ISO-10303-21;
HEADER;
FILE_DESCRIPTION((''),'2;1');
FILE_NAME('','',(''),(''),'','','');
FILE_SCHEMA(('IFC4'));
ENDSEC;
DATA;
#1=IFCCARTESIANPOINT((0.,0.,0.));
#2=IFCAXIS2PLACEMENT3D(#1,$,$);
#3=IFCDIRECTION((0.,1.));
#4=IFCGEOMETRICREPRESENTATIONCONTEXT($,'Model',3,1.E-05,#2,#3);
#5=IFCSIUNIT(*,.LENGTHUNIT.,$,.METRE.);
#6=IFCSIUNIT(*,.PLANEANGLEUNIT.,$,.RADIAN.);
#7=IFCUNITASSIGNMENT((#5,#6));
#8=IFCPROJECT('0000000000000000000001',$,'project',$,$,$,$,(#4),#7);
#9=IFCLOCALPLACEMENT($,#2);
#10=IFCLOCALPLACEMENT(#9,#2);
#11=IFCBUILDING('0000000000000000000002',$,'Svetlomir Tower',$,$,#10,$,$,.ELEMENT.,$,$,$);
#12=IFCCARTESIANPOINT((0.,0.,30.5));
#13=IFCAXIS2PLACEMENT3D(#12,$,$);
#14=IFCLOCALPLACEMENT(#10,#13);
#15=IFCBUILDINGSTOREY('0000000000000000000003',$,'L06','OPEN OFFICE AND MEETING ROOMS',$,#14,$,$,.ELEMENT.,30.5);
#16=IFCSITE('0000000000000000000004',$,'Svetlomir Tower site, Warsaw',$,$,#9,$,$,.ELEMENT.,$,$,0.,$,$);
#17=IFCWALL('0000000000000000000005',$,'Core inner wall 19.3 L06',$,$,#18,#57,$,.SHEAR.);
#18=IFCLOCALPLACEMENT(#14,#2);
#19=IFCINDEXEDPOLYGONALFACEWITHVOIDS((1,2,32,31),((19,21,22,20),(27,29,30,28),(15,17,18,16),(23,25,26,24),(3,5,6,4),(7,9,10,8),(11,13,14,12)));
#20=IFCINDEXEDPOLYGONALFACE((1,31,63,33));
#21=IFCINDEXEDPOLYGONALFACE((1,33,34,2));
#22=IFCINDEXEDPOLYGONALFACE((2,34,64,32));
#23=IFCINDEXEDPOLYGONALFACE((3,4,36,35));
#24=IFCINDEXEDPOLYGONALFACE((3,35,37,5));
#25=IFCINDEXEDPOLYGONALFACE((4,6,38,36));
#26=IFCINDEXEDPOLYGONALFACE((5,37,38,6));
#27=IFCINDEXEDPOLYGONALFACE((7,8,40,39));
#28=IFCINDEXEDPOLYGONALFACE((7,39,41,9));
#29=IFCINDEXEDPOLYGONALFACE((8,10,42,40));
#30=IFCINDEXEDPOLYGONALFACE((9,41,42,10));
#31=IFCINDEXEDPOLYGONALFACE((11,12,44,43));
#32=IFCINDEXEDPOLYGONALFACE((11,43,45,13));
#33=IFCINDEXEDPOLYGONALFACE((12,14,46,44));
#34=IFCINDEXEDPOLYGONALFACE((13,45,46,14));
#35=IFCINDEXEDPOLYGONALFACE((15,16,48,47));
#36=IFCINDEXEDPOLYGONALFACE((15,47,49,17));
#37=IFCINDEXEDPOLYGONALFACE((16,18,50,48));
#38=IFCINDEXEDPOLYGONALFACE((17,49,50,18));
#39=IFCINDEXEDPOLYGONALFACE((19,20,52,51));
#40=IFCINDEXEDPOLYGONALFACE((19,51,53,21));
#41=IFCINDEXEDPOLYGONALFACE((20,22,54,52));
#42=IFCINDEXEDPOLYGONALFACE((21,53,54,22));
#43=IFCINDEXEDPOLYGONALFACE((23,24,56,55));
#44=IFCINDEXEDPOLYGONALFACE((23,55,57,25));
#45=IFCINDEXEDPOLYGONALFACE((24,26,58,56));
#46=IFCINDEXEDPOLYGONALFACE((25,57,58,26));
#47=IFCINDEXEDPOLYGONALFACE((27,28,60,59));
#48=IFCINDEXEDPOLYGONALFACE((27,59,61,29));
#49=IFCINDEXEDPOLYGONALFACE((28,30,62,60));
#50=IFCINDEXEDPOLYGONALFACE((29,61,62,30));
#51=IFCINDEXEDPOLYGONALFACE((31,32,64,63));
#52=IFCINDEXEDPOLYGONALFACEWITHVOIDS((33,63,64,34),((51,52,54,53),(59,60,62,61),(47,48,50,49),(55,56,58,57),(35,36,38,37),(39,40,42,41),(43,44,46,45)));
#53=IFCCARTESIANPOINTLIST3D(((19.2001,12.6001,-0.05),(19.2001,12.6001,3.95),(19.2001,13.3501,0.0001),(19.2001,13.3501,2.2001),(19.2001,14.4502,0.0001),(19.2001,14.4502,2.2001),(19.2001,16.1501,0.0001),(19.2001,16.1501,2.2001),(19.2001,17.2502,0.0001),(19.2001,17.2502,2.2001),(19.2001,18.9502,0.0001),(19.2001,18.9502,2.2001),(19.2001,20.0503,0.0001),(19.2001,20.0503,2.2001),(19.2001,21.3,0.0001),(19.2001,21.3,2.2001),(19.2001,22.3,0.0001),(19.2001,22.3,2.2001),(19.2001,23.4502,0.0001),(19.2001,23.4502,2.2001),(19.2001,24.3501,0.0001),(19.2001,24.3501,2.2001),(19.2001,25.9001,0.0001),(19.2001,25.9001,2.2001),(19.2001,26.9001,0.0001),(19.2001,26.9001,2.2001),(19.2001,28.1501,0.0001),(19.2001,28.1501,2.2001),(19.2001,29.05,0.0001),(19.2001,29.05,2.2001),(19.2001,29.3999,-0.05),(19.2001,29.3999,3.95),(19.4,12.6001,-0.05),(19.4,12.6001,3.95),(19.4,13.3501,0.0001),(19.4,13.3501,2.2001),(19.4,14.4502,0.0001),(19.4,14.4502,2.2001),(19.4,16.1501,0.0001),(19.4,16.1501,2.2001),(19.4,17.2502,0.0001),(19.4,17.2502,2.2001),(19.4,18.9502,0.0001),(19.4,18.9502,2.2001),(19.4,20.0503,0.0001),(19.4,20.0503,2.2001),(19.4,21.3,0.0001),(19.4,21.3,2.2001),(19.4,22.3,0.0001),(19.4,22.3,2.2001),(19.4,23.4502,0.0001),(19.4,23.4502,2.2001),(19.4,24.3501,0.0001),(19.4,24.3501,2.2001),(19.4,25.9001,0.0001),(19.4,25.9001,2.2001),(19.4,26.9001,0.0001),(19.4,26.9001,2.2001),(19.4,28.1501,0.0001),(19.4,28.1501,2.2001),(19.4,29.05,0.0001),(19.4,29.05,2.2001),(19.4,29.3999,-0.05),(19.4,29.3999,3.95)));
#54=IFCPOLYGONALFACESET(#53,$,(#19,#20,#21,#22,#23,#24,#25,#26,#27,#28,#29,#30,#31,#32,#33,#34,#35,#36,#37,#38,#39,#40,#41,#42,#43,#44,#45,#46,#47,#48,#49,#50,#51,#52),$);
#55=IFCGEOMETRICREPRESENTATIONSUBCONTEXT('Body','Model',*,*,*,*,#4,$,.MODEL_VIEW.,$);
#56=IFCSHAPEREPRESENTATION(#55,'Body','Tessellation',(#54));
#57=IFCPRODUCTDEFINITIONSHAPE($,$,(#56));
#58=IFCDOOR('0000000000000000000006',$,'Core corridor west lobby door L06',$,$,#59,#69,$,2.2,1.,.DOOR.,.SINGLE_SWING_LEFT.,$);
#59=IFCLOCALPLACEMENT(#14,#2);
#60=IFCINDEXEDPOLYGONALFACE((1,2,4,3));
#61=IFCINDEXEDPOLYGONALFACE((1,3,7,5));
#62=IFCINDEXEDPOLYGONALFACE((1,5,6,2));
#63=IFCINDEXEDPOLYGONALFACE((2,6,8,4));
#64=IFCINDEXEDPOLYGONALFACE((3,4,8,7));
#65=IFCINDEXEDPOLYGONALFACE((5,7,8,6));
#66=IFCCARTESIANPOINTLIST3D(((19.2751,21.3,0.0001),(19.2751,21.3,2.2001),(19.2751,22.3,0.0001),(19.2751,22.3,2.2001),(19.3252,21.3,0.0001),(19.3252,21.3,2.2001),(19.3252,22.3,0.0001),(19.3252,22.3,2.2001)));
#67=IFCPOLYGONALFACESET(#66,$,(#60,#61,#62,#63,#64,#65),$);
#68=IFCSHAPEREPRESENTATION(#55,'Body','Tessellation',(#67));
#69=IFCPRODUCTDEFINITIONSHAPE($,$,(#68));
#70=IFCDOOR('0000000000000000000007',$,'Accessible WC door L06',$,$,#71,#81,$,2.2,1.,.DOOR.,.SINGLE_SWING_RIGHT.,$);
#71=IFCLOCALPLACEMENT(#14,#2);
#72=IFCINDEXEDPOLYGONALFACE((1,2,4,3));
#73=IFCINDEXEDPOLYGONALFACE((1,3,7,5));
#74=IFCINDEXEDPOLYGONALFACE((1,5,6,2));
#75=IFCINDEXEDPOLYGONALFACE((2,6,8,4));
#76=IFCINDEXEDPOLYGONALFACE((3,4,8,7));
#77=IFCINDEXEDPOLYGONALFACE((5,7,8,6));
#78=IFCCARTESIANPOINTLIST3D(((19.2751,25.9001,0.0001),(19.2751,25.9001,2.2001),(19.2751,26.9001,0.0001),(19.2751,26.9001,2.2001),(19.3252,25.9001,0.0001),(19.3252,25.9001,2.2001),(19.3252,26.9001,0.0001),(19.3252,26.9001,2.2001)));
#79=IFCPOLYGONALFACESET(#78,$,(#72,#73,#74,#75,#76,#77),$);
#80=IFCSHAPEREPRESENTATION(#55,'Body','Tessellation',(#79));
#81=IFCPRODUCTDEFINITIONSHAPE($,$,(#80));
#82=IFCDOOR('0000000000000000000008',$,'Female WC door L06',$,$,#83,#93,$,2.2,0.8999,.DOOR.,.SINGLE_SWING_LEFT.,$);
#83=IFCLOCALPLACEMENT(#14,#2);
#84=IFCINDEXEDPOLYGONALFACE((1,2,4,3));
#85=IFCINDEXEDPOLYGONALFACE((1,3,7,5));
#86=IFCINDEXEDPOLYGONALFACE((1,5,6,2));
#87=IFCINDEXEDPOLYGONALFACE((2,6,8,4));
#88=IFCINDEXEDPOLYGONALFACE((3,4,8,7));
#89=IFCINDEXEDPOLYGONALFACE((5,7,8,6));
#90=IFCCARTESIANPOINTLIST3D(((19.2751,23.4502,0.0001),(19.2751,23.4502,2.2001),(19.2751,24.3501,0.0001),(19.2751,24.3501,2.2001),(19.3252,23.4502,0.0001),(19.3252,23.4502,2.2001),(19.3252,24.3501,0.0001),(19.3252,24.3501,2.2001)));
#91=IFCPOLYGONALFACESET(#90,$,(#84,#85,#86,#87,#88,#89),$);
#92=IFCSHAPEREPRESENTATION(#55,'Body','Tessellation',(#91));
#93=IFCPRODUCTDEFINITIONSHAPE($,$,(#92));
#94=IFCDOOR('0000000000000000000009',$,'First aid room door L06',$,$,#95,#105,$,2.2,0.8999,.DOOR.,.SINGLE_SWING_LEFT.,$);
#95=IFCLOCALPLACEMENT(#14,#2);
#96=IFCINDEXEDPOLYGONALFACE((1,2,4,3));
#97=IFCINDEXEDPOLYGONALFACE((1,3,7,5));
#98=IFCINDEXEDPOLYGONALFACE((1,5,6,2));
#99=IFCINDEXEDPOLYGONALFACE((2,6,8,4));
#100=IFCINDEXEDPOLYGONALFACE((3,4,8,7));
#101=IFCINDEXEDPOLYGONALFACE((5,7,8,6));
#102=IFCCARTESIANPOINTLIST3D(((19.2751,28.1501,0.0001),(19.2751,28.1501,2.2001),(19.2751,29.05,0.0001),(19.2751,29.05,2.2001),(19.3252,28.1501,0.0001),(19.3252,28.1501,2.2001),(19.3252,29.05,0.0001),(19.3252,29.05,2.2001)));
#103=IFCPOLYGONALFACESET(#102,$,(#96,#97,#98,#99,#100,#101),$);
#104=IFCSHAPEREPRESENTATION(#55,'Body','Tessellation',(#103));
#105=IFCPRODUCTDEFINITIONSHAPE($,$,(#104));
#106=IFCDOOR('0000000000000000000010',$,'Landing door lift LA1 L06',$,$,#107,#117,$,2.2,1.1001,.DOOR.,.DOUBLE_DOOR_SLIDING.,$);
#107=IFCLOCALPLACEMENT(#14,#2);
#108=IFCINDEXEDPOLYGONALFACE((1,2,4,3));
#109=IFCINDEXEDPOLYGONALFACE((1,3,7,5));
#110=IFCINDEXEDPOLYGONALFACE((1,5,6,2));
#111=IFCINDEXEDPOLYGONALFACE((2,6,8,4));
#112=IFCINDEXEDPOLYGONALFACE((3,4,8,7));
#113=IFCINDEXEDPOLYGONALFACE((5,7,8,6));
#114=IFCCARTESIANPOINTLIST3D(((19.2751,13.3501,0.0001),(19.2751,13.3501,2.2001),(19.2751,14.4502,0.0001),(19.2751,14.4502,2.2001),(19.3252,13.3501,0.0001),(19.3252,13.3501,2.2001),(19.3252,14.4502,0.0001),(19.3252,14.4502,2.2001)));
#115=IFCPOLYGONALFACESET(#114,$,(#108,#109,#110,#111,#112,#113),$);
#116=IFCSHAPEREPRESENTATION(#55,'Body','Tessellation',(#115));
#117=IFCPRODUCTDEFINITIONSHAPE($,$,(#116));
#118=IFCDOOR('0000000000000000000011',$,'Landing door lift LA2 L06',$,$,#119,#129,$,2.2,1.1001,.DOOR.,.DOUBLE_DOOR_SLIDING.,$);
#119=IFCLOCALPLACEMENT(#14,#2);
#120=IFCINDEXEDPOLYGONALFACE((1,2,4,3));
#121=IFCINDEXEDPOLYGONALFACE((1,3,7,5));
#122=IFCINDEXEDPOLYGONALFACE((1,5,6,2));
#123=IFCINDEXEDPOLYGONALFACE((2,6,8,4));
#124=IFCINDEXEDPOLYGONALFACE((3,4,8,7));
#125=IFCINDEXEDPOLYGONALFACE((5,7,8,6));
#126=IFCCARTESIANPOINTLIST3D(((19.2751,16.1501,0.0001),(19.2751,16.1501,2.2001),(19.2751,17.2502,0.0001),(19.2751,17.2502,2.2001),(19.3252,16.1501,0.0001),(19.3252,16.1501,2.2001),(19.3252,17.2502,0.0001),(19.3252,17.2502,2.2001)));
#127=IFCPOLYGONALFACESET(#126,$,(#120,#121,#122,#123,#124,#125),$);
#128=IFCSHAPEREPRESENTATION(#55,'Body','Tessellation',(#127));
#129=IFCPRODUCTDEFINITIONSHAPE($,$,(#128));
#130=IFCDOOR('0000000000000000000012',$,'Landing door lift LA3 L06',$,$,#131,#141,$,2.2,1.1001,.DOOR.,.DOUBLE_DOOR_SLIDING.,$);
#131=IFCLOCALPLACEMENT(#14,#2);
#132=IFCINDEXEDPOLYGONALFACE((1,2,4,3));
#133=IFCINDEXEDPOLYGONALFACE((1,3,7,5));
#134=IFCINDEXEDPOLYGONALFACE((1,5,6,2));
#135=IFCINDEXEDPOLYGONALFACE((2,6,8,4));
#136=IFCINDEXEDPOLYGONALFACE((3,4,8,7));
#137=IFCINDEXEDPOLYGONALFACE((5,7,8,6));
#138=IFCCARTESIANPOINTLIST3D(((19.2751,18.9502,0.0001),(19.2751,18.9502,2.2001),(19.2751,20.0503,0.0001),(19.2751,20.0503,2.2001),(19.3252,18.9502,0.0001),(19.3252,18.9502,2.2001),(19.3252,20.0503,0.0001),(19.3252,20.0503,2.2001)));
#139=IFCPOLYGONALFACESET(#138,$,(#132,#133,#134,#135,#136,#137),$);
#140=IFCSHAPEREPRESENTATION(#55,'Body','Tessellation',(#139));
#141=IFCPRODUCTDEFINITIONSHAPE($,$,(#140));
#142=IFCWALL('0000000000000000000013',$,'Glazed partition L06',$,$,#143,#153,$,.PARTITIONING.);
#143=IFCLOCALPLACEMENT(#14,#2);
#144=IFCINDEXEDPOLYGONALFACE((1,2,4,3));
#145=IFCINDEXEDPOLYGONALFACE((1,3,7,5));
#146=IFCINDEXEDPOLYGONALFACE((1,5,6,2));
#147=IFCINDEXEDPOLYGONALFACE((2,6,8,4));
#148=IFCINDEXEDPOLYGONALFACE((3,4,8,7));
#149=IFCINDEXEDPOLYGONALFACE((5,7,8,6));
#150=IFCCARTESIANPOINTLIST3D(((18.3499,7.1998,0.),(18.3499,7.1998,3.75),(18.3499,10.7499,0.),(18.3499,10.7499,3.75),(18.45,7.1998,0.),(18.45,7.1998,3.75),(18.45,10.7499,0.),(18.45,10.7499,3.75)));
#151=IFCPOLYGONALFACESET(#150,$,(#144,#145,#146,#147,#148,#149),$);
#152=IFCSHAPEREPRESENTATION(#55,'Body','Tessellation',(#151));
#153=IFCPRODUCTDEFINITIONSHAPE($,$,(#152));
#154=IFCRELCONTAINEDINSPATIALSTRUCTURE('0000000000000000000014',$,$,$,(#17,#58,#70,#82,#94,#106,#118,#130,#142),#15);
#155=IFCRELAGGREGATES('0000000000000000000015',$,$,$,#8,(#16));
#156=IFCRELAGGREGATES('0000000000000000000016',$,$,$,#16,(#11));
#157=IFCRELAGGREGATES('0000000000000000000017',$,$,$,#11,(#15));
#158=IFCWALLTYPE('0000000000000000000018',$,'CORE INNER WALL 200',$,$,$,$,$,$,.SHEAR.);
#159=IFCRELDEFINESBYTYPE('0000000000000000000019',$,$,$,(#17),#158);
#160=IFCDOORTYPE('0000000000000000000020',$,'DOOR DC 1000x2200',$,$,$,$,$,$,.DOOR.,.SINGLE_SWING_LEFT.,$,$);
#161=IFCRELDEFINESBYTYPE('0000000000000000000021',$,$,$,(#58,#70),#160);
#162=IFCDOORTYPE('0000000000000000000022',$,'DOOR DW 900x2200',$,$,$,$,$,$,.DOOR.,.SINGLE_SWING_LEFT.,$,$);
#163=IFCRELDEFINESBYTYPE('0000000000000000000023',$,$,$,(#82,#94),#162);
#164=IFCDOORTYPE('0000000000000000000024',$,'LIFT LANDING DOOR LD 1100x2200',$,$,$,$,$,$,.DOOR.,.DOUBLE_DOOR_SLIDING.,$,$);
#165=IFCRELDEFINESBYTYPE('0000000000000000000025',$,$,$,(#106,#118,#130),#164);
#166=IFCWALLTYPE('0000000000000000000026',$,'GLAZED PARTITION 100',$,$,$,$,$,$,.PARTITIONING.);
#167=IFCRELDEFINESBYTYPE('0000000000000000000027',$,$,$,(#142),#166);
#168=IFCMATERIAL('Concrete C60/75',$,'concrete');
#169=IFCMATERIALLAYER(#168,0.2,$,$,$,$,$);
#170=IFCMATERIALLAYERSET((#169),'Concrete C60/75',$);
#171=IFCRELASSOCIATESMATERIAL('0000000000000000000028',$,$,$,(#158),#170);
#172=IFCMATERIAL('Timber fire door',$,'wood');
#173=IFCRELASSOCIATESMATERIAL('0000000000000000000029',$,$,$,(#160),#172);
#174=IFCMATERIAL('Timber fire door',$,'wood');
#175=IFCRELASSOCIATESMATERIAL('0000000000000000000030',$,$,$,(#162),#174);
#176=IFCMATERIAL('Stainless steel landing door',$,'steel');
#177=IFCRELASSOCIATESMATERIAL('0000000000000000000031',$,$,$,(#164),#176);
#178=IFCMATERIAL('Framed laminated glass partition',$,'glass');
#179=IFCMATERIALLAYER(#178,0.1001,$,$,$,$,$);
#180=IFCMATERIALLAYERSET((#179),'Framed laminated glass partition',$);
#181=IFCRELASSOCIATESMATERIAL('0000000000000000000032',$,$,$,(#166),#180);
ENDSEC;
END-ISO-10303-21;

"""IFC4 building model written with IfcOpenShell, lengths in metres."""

from ifc_helpers import new_model, si_unit, direction, frame, frame_2d, origin, place, context, subcontext, project, spatial, rectangle, extrude, material, layer, layer_set, type_object, element, fill, save


model = new_model("IFC4")

# Units and contexts
model_context = context("Model", 3, precision=1e-05, world=origin(), true_north=direction((0.0, 1.0)))
body_context = subcontext(model_context, "Body", "Model", "MODEL_VIEW")
ifc_project = project(units=[si_unit("LENGTHUNIT", "METRE"), si_unit("PLANEANGLEUNIT", "RADIAN")], contexts=[model_context])

# Site, building, storey
site_placement = place(None, origin())
site = spatial("IfcSite", under=ifc_project, at=site_placement, Name="Svetlomir Tower site, Warsaw", CompositionType="ELEMENT", RefElevation=0.0)
building_placement = place(site_placement, origin())
building = spatial("IfcBuilding", under=site, at=building_placement, Name="Svetlomir Tower", CompositionType="ELEMENT")
storey_placement = place(building_placement, frame((0.0, 0.0, 30.5)))
storey = spatial("IfcBuildingStorey", under=building, at=storey_placement, Name="L06", Description="OPEN OFFICE AND MEETING ROOMS", CompositionType="ELEMENT", Elevation=30.5)

# Shared definitions
ifc_material_1 = material(Name="Concrete C60/75", Category="concrete")
ifc_layer_1 = layer(ifc_material_1, 0.2)
ifc_layer_set_1 = layer_set([ifc_layer_1], Name="Concrete C60/75")
wall_type_1 = type_object("IfcWallType", Name="CORE INNER WALL 200", PredefinedType="SHEAR", material=ifc_layer_set_1)

# Wall, openings, doors
wall_1_placement = place(storey_placement, frame((19.3, 12.6001, -0.05), z_axis=(0.0, 0.0, 1.0), x_axis=(0.0, 1.0, 0.0)))
wall_1 = element("IfcWall", 1, at=wall_1_placement, inside=storey, type_object=wall_type_1, Name="Core inner wall 19.3 L06", PredefinedType="SHEAR", context=body_context, shape_type="SweptSolid", body=[
    extrude(rectangle(XDim=16.7998, YDim=0.2, at=frame_2d((8.3999, 0.0))), origin(), (0.0, 0.0, 1.0), 4.0),
])
opening_1_placement = place(wall_1_placement, frame((8.7, 0.0, 0.05)))
opening_1 = element("IfcOpeningElement", 2, at=opening_1_placement, cuts=wall_1, PredefinedType="OPENING", context=body_context, shape_type="SweptSolid", body=[
    extrude(rectangle(XDim=1.0, YDim=2.2, at=frame_2d((0.5, 1.1001))), frame((0.0, 0.1099, 0.0), z_axis=(0.0, -1.0, 0.0), x_axis=(1.0, 0.0, 0.0)), (0.0, 0.0, 1.0), 0.22),
])
opening_2_placement = place(wall_1_placement, frame((10.8501, 0.0, 0.05)))
opening_2 = element("IfcOpeningElement", 3, at=opening_2_placement, cuts=wall_1, PredefinedType="OPENING", context=body_context, shape_type="SweptSolid", body=[
    extrude(rectangle(XDim=0.8999, YDim=2.2, at=frame_2d((0.45, 1.1001))), frame((0.0, 0.1099, 0.0), z_axis=(0.0, -1.0, 0.0), x_axis=(1.0, 0.0, 0.0)), (0.0, 0.0, 1.0), 0.22),
])
opening_3_placement = place(wall_1_placement, frame((13.3, 0.0, 0.05)))
opening_3 = element("IfcOpeningElement", 4, at=opening_3_placement, cuts=wall_1, PredefinedType="OPENING", context=body_context, shape_type="SweptSolid", body=[
    extrude(rectangle(XDim=1.0, YDim=2.2, at=frame_2d((0.5, 1.1001))), frame((0.0, 0.1099, 0.0), z_axis=(0.0, -1.0, 0.0), x_axis=(1.0, 0.0, 0.0)), (0.0, 0.0, 1.0), 0.22),
])
opening_4_placement = place(wall_1_placement, frame((15.55, 0.0, 0.05)))
opening_4 = element("IfcOpeningElement", 5, at=opening_4_placement, cuts=wall_1, PredefinedType="OPENING", context=body_context, shape_type="SweptSolid", body=[
    extrude(rectangle(XDim=0.8999, YDim=2.2, at=frame_2d((0.45, 1.1001))), frame((0.0, 0.1099, 0.0), z_axis=(0.0, -1.0, 0.0), x_axis=(1.0, 0.0, 0.0)), (0.0, 0.0, 1.0), 0.22),
])
opening_5_placement = place(wall_1_placement, frame((0.75, 0.0, 0.05)))
opening_5 = element("IfcOpeningElement", 6, at=opening_5_placement, cuts=wall_1, PredefinedType="OPENING", context=body_context, shape_type="SweptSolid", body=[
    extrude(rectangle(XDim=1.1001, YDim=2.2, at=frame_2d((0.55, 1.1001))), frame((0.0, 0.1099, 0.0), z_axis=(0.0, -1.0, 0.0), x_axis=(1.0, 0.0, 0.0)), (0.0, 0.0, 1.0), 0.22),
])
opening_6_placement = place(wall_1_placement, frame((3.55, 0.0, 0.05)))
opening_6 = element("IfcOpeningElement", 7, at=opening_6_placement, cuts=wall_1, PredefinedType="OPENING", context=body_context, shape_type="SweptSolid", body=[
    extrude(rectangle(XDim=1.1001, YDim=2.2, at=frame_2d((0.55, 1.1001))), frame((0.0, 0.1099, 0.0), z_axis=(0.0, -1.0, 0.0), x_axis=(1.0, 0.0, 0.0)), (0.0, 0.0, 1.0), 0.22),
])
opening_7_placement = place(wall_1_placement, frame((6.3501, 0.0, 0.05)))
opening_7 = element("IfcOpeningElement", 8, at=opening_7_placement, cuts=wall_1, PredefinedType="OPENING", context=body_context, shape_type="SweptSolid", body=[
    extrude(rectangle(XDim=1.1001, YDim=2.2, at=frame_2d((0.55, 1.1001))), frame((0.0, 0.1099, 0.0), z_axis=(0.0, -1.0, 0.0), x_axis=(1.0, 0.0, 0.0)), (0.0, 0.0, 1.0), 0.22),
])
ifc_material_2 = material(Name="Timber fire door", Category="wood")
door_type_1 = type_object("IfcDoorType", Name="DOOR DC 1000x2200", OperationType="SINGLE_SWING_LEFT", PredefinedType="DOOR", material=ifc_material_2)
door_1_placement = place(opening_1_placement, origin())
door_1 = element("IfcDoor", 9, at=door_1_placement, inside=storey, type_object=door_type_1, Name="Core corridor west lobby door L06", OperationType="SINGLE_SWING_LEFT", OverallHeight=2.2, OverallWidth=1.0, PredefinedType="DOOR", context=body_context, shape_type="SweptSolid", body=[
    extrude(rectangle(XDim=1.0, YDim=2.2, at=frame_2d((0.5, 1.1001))), frame((0.0, 0.0249, 0.0), z_axis=(0.0, -1.0, 0.0), x_axis=(1.0, 0.0, 0.0)), (0.0, 0.0, 1.0), 0.05),
])
fill(opening_1, door_1)
door_2_placement = place(opening_3_placement, origin())
door_2 = element("IfcDoor", 10, at=door_2_placement, inside=storey, type_object=door_type_1, Name="Accessible WC door L06", OperationType="SINGLE_SWING_RIGHT", OverallHeight=2.2, OverallWidth=1.0, PredefinedType="DOOR", context=body_context, shape_type="SweptSolid", body=[
    extrude(rectangle(XDim=1.0, YDim=2.2, at=frame_2d((0.5, 1.1001))), frame((0.0, 0.0249, 0.0), z_axis=(0.0, -1.0, 0.0), x_axis=(1.0, 0.0, 0.0)), (0.0, 0.0, 1.0), 0.05),
])
fill(opening_3, door_2)
ifc_material_3 = material(Name="Timber fire door", Category="wood")
door_type_2 = type_object("IfcDoorType", Name="DOOR DW 900x2200", OperationType="SINGLE_SWING_LEFT", PredefinedType="DOOR", material=ifc_material_3)
door_3_placement = place(opening_2_placement, origin())
door_3 = element("IfcDoor", 11, at=door_3_placement, inside=storey, type_object=door_type_2, Name="Female WC door L06", OperationType="SINGLE_SWING_LEFT", OverallHeight=2.2, OverallWidth=0.8999, PredefinedType="DOOR", context=body_context, shape_type="SweptSolid", body=[
    extrude(rectangle(XDim=0.8999, YDim=2.2, at=frame_2d((0.45, 1.1001))), frame((0.0, 0.0249, 0.0), z_axis=(0.0, -1.0, 0.0), x_axis=(1.0, 0.0, 0.0)), (0.0, 0.0, 1.0), 0.05),
])
fill(opening_2, door_3)
door_4_placement = place(opening_4_placement, origin())
door_4 = element("IfcDoor", 12, at=door_4_placement, inside=storey, type_object=door_type_2, Name="First aid room door L06", OperationType="SINGLE_SWING_LEFT", OverallHeight=2.2, OverallWidth=0.8999, PredefinedType="DOOR", context=body_context, shape_type="SweptSolid", body=[
    extrude(rectangle(XDim=0.8999, YDim=2.2, at=frame_2d((0.45, 1.1001))), frame((0.0, 0.0249, 0.0), z_axis=(0.0, -1.0, 0.0), x_axis=(1.0, 0.0, 0.0)), (0.0, 0.0, 1.0), 0.05),
])
fill(opening_4, door_4)
ifc_material_4 = material(Name="Stainless steel landing door", Category="steel")
door_type_3 = type_object("IfcDoorType", Name="LIFT LANDING DOOR LD 1100x2200", OperationType="DOUBLE_DOOR_SLIDING", PredefinedType="DOOR", material=ifc_material_4)
door_5_placement = place(opening_5_placement, origin())
door_5 = element("IfcDoor", 13, at=door_5_placement, inside=storey, type_object=door_type_3, Name="Landing door lift LA1 L06", OperationType="DOUBLE_DOOR_SLIDING", OverallHeight=2.2, OverallWidth=1.1001, PredefinedType="DOOR", context=body_context, shape_type="SweptSolid", body=[
    extrude(rectangle(XDim=1.1001, YDim=2.2, at=frame_2d((0.55, 1.1001))), frame((0.0, 0.0249, 0.0), z_axis=(0.0, -1.0, 0.0), x_axis=(1.0, 0.0, 0.0)), (0.0, 0.0, 1.0), 0.05),
])
fill(opening_5, door_5)
door_6_placement = place(opening_6_placement, origin())
door_6 = element("IfcDoor", 14, at=door_6_placement, inside=storey, type_object=door_type_3, Name="Landing door lift LA2 L06", OperationType="DOUBLE_DOOR_SLIDING", OverallHeight=2.2, OverallWidth=1.1001, PredefinedType="DOOR", context=body_context, shape_type="SweptSolid", body=[
    extrude(rectangle(XDim=1.1001, YDim=2.2, at=frame_2d((0.55, 1.1001))), frame((0.0, 0.0249, 0.0), z_axis=(0.0, -1.0, 0.0), x_axis=(1.0, 0.0, 0.0)), (0.0, 0.0, 1.0), 0.05),
])
fill(opening_6, door_6)
door_7_placement = place(opening_7_placement, origin())
door_7 = element("IfcDoor", 15, at=door_7_placement, inside=storey, type_object=door_type_3, Name="Landing door lift LA3 L06", OperationType="DOUBLE_DOOR_SLIDING", OverallHeight=2.2, OverallWidth=1.1001, PredefinedType="DOOR", context=body_context, shape_type="SweptSolid", body=[
    extrude(rectangle(XDim=1.1001, YDim=2.2, at=frame_2d((0.55, 1.1001))), frame((0.0, 0.0249, 0.0), z_axis=(0.0, -1.0, 0.0), x_axis=(1.0, 0.0, 0.0)), (0.0, 0.0, 1.0), 0.05),
])
fill(opening_7, door_7)

# Wall
ifc_material_5 = material(Name="Framed laminated glass partition", Category="glass")
ifc_layer_2 = layer(ifc_material_5, 0.1001)
ifc_layer_set_2 = layer_set([ifc_layer_2], Name="Framed laminated glass partition")
wall_type_2 = type_object("IfcWallType", Name="GLAZED PARTITION 100", PredefinedType="PARTITIONING", material=ifc_layer_set_2)
wall_2_placement = place(storey_placement, frame((18.3999, 7.2, 0.0), z_axis=(0.0, 0.0, 1.0), x_axis=(0.0, 1.0, 0.0)))
element("IfcWall", 16, at=wall_2_placement, inside=storey, type_object=wall_type_2, Name="Glazed partition L06", PredefinedType="PARTITIONING", context=body_context, shape_type="SweptSolid", body=[
    extrude(rectangle(XDim=3.55, YDim=0.1001, at=frame_2d((1.7749, 0.0))), origin(), (0.0, 0.0, 1.0), 3.75),
])

save(model, "model.ifc")
